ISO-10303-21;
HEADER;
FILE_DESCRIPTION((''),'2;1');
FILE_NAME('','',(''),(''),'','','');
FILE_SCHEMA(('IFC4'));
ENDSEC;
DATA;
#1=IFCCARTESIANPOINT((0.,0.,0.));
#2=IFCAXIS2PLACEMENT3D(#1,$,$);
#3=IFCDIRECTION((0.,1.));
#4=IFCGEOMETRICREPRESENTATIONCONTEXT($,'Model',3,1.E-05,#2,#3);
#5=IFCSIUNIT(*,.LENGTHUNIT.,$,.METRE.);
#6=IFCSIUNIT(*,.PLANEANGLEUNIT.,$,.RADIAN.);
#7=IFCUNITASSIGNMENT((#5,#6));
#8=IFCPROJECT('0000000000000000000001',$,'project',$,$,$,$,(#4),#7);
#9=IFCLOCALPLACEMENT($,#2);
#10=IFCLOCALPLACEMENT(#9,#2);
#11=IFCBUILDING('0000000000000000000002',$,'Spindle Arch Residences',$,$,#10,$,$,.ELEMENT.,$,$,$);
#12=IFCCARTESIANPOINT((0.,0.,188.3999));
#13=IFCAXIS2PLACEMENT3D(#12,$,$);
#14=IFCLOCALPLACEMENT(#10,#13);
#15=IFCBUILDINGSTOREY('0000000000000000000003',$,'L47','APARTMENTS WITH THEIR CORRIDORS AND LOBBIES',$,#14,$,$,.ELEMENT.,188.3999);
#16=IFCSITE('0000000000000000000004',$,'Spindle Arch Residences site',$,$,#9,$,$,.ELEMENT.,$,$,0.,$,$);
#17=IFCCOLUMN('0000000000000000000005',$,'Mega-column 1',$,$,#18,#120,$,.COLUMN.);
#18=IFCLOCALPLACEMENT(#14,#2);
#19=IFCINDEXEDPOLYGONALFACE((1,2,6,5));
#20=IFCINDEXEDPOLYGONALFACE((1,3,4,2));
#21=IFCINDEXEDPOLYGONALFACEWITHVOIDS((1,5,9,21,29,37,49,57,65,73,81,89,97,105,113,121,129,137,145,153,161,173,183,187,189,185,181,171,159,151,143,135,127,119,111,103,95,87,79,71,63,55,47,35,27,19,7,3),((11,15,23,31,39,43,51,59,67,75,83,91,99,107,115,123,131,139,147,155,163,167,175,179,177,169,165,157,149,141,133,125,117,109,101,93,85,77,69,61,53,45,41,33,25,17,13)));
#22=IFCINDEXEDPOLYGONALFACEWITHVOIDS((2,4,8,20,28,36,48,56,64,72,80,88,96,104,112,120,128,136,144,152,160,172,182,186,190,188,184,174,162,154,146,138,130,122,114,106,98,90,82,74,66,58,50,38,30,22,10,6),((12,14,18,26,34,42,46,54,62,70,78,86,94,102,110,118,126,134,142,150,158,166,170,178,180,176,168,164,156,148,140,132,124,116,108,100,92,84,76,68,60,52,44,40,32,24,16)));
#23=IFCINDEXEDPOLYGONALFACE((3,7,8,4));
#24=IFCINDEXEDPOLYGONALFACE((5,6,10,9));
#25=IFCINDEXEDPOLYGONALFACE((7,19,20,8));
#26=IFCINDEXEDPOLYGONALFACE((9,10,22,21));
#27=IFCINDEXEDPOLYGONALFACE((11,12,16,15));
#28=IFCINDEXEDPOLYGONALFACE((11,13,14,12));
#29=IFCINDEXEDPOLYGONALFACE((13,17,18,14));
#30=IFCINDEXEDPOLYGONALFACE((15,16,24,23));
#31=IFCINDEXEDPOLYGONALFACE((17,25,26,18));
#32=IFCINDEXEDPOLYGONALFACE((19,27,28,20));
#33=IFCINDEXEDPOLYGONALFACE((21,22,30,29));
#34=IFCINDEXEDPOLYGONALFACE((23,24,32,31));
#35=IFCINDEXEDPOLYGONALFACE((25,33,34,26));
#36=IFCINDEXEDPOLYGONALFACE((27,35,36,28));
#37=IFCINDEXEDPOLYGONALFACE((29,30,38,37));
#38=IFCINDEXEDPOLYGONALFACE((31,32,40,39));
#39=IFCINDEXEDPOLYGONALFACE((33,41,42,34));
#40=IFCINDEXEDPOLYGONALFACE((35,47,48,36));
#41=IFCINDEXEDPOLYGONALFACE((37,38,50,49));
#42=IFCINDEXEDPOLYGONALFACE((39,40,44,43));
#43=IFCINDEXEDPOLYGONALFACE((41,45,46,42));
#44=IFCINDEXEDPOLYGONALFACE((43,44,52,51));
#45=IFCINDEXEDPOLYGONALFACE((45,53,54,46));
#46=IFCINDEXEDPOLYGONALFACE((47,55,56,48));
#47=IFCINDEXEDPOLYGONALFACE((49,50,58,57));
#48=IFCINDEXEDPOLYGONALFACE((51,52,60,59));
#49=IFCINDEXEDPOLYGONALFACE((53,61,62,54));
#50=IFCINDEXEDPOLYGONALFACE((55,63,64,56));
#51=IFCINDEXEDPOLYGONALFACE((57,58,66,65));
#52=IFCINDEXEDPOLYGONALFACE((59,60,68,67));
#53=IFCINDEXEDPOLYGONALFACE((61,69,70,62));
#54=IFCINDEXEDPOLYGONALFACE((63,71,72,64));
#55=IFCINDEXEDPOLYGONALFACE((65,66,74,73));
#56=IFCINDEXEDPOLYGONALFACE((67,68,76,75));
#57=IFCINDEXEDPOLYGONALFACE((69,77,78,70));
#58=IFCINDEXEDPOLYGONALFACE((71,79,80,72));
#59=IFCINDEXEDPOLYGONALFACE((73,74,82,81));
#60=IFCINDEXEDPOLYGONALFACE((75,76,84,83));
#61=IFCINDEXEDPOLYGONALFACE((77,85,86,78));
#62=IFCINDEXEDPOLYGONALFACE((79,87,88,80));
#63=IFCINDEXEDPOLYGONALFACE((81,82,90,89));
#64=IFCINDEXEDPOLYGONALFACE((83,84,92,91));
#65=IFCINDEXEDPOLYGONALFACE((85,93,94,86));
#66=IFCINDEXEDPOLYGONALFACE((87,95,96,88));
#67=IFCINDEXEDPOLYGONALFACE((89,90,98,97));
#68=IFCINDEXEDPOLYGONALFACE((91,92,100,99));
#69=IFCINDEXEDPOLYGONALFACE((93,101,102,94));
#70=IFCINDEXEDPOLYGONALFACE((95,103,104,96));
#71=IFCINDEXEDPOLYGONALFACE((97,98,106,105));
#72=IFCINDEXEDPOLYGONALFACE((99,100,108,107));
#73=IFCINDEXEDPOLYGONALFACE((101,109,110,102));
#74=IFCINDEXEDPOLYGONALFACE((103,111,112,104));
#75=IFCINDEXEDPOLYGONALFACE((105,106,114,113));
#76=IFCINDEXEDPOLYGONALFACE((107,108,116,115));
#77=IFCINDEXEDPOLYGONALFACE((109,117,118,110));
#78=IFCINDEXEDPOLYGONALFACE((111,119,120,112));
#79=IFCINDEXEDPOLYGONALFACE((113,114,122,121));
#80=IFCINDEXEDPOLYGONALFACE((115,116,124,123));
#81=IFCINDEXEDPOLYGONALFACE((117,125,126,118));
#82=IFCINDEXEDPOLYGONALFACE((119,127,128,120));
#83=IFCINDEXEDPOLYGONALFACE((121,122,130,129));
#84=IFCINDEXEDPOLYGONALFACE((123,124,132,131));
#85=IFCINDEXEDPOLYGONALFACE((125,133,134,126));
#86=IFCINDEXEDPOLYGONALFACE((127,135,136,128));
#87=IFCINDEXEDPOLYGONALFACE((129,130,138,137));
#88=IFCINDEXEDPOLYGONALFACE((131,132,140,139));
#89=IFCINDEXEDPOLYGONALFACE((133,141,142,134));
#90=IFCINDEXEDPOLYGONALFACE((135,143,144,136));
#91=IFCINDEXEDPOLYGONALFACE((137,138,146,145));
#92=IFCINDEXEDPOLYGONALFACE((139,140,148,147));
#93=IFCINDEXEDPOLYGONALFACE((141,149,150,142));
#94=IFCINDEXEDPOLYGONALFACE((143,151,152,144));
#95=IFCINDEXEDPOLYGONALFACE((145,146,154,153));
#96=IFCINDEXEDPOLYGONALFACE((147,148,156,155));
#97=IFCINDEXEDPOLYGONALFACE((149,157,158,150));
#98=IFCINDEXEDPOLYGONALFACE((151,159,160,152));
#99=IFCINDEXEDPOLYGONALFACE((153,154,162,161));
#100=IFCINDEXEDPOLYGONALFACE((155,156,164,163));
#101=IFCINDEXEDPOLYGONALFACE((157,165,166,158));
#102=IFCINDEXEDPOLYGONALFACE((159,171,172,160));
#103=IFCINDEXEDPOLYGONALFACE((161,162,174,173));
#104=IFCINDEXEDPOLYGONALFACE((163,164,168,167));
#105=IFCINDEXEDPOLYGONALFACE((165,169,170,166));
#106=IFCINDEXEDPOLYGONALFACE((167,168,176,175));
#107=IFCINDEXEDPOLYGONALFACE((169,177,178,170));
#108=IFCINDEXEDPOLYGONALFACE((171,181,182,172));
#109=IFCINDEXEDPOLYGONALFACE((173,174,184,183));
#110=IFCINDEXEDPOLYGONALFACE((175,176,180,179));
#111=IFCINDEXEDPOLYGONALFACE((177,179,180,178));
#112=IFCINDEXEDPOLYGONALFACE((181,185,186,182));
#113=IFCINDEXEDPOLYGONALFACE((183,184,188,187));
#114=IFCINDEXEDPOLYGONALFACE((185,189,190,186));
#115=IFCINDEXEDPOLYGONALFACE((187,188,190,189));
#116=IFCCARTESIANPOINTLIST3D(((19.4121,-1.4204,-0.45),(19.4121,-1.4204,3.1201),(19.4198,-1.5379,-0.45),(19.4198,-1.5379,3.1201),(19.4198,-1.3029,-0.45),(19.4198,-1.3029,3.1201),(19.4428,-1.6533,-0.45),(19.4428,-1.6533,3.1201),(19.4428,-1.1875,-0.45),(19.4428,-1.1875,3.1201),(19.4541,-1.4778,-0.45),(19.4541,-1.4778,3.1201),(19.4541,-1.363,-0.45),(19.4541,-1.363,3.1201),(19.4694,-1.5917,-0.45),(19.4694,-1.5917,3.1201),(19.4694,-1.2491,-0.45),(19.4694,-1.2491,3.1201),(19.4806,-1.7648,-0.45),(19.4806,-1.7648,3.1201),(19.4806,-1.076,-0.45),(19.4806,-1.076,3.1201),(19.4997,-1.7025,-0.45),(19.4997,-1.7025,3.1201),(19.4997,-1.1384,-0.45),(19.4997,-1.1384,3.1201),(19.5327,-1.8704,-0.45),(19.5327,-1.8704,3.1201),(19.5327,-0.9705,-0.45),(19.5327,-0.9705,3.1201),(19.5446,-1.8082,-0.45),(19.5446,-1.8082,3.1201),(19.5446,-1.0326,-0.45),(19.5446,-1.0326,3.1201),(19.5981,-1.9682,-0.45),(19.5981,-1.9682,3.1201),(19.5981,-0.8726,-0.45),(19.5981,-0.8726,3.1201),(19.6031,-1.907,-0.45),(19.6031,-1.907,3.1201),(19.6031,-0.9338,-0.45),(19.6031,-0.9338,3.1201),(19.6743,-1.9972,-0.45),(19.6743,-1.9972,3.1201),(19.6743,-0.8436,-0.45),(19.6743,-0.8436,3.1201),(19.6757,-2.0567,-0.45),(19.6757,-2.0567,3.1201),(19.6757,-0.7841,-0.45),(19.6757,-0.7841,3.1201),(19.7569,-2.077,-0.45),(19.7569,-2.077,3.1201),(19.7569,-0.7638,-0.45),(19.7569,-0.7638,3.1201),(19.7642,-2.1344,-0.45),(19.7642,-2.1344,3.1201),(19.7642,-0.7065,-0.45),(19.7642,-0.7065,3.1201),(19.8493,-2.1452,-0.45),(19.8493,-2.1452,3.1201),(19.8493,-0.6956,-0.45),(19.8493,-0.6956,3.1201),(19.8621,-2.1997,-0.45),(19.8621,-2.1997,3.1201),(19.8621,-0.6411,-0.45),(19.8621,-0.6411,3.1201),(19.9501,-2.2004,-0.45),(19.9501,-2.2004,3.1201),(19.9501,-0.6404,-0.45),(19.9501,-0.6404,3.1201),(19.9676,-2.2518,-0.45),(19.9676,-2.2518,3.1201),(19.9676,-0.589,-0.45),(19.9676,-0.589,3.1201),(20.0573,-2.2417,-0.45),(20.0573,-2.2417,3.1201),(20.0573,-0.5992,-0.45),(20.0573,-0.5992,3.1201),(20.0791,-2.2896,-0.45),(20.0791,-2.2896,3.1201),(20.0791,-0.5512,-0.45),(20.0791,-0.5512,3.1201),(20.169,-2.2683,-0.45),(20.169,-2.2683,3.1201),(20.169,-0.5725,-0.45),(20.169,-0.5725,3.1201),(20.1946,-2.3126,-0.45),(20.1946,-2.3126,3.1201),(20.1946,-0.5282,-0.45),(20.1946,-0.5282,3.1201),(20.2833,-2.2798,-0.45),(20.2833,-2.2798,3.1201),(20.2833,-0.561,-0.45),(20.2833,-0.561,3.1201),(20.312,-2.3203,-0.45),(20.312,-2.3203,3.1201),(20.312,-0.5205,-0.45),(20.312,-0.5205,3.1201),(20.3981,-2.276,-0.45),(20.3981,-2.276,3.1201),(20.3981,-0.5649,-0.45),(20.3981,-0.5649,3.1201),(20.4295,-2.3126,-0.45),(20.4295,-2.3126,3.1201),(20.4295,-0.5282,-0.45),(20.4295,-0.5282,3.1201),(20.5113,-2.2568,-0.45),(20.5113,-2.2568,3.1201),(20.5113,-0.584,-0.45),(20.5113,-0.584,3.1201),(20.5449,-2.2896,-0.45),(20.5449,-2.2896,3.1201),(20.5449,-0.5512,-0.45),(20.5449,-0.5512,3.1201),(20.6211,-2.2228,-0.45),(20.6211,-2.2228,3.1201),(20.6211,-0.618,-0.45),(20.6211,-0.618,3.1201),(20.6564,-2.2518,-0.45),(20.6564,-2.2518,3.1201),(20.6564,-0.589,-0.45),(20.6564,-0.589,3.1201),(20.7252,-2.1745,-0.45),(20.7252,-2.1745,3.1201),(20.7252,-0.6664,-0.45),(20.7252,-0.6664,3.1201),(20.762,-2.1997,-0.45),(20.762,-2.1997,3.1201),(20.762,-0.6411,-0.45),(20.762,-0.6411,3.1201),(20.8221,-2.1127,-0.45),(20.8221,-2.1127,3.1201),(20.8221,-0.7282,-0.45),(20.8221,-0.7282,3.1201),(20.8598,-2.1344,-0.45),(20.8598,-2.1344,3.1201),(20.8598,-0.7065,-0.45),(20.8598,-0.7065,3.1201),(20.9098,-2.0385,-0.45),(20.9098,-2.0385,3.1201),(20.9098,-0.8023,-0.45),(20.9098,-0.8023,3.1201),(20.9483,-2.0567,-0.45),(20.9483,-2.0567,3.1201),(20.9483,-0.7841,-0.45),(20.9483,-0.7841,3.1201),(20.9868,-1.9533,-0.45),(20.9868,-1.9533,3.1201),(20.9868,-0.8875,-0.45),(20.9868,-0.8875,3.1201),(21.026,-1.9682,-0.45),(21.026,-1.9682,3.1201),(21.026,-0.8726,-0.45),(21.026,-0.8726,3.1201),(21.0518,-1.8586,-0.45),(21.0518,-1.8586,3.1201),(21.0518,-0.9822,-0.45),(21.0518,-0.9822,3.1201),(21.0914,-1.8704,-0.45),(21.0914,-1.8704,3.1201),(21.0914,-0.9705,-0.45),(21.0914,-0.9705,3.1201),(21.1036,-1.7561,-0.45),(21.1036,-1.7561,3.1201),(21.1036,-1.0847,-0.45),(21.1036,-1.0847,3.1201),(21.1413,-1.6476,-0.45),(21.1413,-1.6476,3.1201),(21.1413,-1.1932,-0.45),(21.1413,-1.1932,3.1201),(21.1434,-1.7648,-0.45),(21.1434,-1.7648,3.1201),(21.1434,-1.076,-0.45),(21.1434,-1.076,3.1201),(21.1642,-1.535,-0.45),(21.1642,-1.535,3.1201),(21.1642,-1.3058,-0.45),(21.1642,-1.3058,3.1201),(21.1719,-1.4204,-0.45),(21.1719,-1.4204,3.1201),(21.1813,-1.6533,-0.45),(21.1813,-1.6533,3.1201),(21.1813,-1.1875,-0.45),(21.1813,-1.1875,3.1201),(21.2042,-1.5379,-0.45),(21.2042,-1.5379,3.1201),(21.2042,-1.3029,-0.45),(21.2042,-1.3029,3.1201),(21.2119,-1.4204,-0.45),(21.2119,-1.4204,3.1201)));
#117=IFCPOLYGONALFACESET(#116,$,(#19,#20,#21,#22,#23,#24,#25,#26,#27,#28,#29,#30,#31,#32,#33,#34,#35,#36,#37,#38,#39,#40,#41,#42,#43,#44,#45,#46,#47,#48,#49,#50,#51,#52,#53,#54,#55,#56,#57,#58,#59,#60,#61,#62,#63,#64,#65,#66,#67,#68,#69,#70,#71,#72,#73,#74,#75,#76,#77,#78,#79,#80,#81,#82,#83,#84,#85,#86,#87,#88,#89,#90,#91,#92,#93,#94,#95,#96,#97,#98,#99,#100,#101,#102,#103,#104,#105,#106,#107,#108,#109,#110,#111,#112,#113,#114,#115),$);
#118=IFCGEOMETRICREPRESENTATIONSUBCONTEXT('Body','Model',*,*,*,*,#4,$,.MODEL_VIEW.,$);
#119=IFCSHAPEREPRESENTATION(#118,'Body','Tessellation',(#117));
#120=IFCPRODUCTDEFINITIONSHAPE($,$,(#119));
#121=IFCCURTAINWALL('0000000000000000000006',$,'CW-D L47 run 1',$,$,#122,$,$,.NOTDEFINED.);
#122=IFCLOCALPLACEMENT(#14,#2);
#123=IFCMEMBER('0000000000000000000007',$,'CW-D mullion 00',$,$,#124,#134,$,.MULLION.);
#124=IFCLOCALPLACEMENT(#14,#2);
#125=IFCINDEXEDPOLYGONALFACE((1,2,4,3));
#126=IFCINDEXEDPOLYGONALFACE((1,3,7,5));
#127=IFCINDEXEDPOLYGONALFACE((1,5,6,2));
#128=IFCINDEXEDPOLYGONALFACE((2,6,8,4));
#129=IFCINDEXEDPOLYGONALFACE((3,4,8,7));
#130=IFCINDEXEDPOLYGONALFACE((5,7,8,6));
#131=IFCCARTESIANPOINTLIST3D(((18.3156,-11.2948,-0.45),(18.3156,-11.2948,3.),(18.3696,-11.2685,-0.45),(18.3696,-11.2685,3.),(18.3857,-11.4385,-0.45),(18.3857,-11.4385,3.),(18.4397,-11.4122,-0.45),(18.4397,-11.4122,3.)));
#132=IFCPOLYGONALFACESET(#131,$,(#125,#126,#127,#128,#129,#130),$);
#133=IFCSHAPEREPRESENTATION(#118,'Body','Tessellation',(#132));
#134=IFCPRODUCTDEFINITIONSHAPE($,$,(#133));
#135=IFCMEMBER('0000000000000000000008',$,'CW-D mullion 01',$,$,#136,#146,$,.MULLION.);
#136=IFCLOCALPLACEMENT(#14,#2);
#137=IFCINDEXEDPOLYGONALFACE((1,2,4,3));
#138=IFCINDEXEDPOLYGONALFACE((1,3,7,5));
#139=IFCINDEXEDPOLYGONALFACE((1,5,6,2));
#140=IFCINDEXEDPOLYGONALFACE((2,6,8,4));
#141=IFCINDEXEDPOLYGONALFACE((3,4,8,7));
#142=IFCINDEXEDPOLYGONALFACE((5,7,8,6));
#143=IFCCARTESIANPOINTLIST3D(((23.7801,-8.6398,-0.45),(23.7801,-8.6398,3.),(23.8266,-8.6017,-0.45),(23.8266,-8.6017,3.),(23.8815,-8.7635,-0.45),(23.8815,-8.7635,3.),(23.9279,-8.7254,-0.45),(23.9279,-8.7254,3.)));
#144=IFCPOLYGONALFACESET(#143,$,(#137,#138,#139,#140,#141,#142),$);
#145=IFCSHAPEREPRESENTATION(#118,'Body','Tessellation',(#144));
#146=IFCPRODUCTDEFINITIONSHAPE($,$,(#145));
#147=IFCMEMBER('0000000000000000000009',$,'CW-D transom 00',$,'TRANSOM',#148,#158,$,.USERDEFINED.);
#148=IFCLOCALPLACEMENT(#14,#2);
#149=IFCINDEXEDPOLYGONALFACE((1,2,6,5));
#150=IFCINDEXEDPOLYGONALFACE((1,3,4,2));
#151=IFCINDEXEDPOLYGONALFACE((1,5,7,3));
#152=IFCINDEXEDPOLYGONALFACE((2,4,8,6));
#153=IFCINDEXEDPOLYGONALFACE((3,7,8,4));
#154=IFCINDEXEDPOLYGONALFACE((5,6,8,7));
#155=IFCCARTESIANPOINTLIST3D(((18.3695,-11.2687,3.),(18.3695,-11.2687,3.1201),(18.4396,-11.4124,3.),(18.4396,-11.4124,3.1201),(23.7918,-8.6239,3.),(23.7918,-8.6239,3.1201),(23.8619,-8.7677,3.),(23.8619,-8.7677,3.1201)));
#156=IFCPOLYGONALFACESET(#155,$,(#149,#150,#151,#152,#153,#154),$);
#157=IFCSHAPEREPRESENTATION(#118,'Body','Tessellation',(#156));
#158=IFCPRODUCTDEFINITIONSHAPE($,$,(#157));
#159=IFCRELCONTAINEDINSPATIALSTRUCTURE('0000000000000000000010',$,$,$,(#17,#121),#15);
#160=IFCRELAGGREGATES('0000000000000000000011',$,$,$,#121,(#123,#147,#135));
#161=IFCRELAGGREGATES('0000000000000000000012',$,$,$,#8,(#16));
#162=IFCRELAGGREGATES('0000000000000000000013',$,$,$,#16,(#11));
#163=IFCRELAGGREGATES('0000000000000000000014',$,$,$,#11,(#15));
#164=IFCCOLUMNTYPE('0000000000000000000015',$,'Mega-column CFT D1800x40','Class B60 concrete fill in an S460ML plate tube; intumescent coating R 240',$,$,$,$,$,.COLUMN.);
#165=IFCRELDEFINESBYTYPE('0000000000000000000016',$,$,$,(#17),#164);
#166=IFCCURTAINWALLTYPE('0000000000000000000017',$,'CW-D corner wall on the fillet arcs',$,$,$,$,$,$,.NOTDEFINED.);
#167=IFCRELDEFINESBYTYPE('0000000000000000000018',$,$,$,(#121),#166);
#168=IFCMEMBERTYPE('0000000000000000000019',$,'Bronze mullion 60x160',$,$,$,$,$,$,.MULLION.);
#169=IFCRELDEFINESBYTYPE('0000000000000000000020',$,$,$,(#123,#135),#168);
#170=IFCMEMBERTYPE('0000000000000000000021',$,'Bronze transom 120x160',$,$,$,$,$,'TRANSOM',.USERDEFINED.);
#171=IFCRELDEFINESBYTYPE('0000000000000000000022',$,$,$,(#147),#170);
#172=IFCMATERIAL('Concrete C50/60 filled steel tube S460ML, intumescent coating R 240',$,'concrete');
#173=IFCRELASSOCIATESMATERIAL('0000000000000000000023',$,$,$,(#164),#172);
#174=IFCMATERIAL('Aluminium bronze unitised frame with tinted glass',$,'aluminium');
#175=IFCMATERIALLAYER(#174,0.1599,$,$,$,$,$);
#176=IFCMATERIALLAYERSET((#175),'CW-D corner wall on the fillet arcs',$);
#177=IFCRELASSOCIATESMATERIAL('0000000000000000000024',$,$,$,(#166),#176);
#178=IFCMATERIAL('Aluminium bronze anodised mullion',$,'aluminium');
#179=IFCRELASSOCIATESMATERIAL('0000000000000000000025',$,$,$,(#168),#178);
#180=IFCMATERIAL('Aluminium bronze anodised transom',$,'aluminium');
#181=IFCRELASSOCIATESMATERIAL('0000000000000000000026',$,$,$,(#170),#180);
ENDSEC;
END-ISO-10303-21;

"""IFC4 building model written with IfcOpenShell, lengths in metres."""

from ifc_helpers import new_model, si_unit, direction, frame, origin, origin_2d, place, context, subcontext, project, spatial, rectangle, hollow_circle, extrude, material, layer, layer_set, material_profile, profile_set, type_object, element, aggregate, save


model = new_model("IFC4")

# Units and contexts
model_context = context("Model", 3, precision=1e-05, world=origin(), true_north=direction((0.0, 1.0)))
body_context = subcontext(model_context, "Body", "Model", "MODEL_VIEW")
ifc_project = project(units=[si_unit("LENGTHUNIT", "METRE"), si_unit("PLANEANGLEUNIT", "RADIAN")], contexts=[model_context])

# Site, building, storey
site_placement = place(None, origin())
site = spatial("IfcSite", under=ifc_project, at=site_placement, Name="Spindle Arch Residences site", CompositionType="ELEMENT", RefElevation=0.0)
building_placement = place(site_placement, origin())
building = spatial("IfcBuilding", under=site, at=building_placement, Name="Spindle Arch Residences", CompositionType="ELEMENT")
storey_placement = place(building_placement, frame((0.0, 0.0, 188.3999)))
storey = spatial("IfcBuildingStorey", under=building, at=storey_placement, Name="L47", Description="APARTMENTS WITH THEIR CORRIDORS AND LOBBIES", CompositionType="ELEMENT", Elevation=188.3999)

# Column
ifc_material_1 = material(Name="Concrete C50/60 filled steel tube S460ML, intumescent coating R 240", Category="concrete")
ifc_material_profile_1 = material_profile(ifc_material_1, hollow_circle(Radius=0.8999, WallThickness=0.04, at=origin_2d()), Name="CFT D1800x40")
ifc_profile_set_1 = profile_set([ifc_material_profile_1], Name="Concrete C50/60 filled steel tube S460ML, intumescent coating R 240")
column_type_1 = type_object("IfcColumnType", Name="Mega-column CFT D1800x40", Description="Class B60 concrete fill in an S460ML plate tube; intumescent coating R 240", PredefinedType="COLUMN", material=ifc_profile_set_1)
column_placement = place(storey_placement, frame((20.312, -1.4204, -0.45), z_axis=(0.0, 0.0, 1.0), x_axis=(1.0, 0.0, 0.0)))
element("IfcColumn", 1, at=column_placement, inside=storey, type_object=column_type_1, Name="Mega-column 1", PredefinedType="COLUMN", context=body_context, shape_type="SweptSolid", body=[
    extrude(hollow_circle(Radius=0.8999, WallThickness=0.04, at=origin_2d()), origin(), (0.0, 0.0, 1.0), 3.5701),
])

# Curtain wall, members
ifc_material_2 = material(Name="Aluminium bronze unitised frame with tinted glass", Category="aluminium")
ifc_layer_1 = layer(ifc_material_2, 0.1599)
ifc_layer_set_1 = layer_set([ifc_layer_1], Name="CW-D corner wall on the fillet arcs")
curtain_wall_type_1 = type_object("IfcCurtainWallType", Name="CW-D corner wall on the fillet arcs", PredefinedType="NOTDEFINED", material=ifc_layer_set_1)
curtain_wall_1_placement = place(storey_placement, origin())
curtain_wall_1 = element("IfcCurtainWall", 2, at=curtain_wall_1_placement, inside=storey, type_object=curtain_wall_type_1, Name="CW-D L47 run 1", PredefinedType="NOTDEFINED")
ifc_material_3 = material(Name="Aluminium bronze anodised mullion", Category="aluminium")
ifc_material_profile_2 = material_profile(ifc_material_3, rectangle(XDim=0.1599, YDim=0.0601, at=origin_2d()), Name="MU 60x160")
ifc_profile_set_2 = profile_set([ifc_material_profile_2], Name="Aluminium bronze anodised mullion")
member_type_1 = type_object("IfcMemberType", Name="Bronze mullion 60x160", PredefinedType="MULLION", material=ifc_profile_set_2)
member_1_placement = place(storey_placement, frame((18.3777, -11.3535, -0.45), z_axis=(0.0, 0.0, 1.0), x_axis=(-0.438371, 0.898794, 0.0)))
member_1 = element("IfcMember", 3, at=member_1_placement, type_object=member_type_1, Name="CW-D mullion 00", PredefinedType="MULLION", context=body_context, shape_type="SweptSolid", body=[
    extrude(rectangle(XDim=0.1599, YDim=0.0601, at=origin_2d()), origin(), (0.0, 0.0, 1.0), 3.45),
])
member_2_placement = place(storey_placement, frame((23.854, -8.6826, -0.45), z_axis=(0.0, 0.0, 1.0), x_axis=(-0.633831, 0.773472, 0.0)))
member_2 = element("IfcMember", 4, at=member_2_placement, type_object=member_type_1, Name="CW-D mullion 01", PredefinedType="MULLION", context=body_context, shape_type="SweptSolid", body=[
    extrude(rectangle(XDim=0.1599, YDim=0.0601, at=origin_2d()), origin(), (0.0, 0.0, 1.0), 3.45),
])
ifc_material_4 = material(Name="Aluminium bronze anodised transom", Category="aluminium")
ifc_material_profile_3 = material_profile(ifc_material_4, rectangle(XDim=0.1599, YDim=0.1201, at=origin_2d()), Name="TR 120x160")
ifc_profile_set_3 = profile_set([ifc_material_profile_3], Name="Aluminium bronze anodised transom")
member_type_2 = type_object("IfcMemberType", Name="Bronze transom 120x160", ElementType="TRANSOM", PredefinedType="USERDEFINED", material=ifc_profile_set_3)
member_3_placement = place(storey_placement, frame((18.4045, -11.3406, 3.0601), z_axis=(0.898787, 0.438386, 0.0), x_axis=(-0.438386, 0.898787, 0.0)))
member_3 = element("IfcMember", 5, at=member_3_placement, type_object=member_type_2, Name="CW-D transom 00", ObjectType="TRANSOM", PredefinedType="USERDEFINED", context=body_context, shape_type="SweptSolid", body=[
    extrude(rectangle(XDim=0.1599, YDim=0.1201, at=origin_2d()), origin(), (0.0, 0.0, 1.0), 6.033),
])

aggregate(curtain_wall_1, [member_1, member_3, member_2])

save(model, "model.ifc")
